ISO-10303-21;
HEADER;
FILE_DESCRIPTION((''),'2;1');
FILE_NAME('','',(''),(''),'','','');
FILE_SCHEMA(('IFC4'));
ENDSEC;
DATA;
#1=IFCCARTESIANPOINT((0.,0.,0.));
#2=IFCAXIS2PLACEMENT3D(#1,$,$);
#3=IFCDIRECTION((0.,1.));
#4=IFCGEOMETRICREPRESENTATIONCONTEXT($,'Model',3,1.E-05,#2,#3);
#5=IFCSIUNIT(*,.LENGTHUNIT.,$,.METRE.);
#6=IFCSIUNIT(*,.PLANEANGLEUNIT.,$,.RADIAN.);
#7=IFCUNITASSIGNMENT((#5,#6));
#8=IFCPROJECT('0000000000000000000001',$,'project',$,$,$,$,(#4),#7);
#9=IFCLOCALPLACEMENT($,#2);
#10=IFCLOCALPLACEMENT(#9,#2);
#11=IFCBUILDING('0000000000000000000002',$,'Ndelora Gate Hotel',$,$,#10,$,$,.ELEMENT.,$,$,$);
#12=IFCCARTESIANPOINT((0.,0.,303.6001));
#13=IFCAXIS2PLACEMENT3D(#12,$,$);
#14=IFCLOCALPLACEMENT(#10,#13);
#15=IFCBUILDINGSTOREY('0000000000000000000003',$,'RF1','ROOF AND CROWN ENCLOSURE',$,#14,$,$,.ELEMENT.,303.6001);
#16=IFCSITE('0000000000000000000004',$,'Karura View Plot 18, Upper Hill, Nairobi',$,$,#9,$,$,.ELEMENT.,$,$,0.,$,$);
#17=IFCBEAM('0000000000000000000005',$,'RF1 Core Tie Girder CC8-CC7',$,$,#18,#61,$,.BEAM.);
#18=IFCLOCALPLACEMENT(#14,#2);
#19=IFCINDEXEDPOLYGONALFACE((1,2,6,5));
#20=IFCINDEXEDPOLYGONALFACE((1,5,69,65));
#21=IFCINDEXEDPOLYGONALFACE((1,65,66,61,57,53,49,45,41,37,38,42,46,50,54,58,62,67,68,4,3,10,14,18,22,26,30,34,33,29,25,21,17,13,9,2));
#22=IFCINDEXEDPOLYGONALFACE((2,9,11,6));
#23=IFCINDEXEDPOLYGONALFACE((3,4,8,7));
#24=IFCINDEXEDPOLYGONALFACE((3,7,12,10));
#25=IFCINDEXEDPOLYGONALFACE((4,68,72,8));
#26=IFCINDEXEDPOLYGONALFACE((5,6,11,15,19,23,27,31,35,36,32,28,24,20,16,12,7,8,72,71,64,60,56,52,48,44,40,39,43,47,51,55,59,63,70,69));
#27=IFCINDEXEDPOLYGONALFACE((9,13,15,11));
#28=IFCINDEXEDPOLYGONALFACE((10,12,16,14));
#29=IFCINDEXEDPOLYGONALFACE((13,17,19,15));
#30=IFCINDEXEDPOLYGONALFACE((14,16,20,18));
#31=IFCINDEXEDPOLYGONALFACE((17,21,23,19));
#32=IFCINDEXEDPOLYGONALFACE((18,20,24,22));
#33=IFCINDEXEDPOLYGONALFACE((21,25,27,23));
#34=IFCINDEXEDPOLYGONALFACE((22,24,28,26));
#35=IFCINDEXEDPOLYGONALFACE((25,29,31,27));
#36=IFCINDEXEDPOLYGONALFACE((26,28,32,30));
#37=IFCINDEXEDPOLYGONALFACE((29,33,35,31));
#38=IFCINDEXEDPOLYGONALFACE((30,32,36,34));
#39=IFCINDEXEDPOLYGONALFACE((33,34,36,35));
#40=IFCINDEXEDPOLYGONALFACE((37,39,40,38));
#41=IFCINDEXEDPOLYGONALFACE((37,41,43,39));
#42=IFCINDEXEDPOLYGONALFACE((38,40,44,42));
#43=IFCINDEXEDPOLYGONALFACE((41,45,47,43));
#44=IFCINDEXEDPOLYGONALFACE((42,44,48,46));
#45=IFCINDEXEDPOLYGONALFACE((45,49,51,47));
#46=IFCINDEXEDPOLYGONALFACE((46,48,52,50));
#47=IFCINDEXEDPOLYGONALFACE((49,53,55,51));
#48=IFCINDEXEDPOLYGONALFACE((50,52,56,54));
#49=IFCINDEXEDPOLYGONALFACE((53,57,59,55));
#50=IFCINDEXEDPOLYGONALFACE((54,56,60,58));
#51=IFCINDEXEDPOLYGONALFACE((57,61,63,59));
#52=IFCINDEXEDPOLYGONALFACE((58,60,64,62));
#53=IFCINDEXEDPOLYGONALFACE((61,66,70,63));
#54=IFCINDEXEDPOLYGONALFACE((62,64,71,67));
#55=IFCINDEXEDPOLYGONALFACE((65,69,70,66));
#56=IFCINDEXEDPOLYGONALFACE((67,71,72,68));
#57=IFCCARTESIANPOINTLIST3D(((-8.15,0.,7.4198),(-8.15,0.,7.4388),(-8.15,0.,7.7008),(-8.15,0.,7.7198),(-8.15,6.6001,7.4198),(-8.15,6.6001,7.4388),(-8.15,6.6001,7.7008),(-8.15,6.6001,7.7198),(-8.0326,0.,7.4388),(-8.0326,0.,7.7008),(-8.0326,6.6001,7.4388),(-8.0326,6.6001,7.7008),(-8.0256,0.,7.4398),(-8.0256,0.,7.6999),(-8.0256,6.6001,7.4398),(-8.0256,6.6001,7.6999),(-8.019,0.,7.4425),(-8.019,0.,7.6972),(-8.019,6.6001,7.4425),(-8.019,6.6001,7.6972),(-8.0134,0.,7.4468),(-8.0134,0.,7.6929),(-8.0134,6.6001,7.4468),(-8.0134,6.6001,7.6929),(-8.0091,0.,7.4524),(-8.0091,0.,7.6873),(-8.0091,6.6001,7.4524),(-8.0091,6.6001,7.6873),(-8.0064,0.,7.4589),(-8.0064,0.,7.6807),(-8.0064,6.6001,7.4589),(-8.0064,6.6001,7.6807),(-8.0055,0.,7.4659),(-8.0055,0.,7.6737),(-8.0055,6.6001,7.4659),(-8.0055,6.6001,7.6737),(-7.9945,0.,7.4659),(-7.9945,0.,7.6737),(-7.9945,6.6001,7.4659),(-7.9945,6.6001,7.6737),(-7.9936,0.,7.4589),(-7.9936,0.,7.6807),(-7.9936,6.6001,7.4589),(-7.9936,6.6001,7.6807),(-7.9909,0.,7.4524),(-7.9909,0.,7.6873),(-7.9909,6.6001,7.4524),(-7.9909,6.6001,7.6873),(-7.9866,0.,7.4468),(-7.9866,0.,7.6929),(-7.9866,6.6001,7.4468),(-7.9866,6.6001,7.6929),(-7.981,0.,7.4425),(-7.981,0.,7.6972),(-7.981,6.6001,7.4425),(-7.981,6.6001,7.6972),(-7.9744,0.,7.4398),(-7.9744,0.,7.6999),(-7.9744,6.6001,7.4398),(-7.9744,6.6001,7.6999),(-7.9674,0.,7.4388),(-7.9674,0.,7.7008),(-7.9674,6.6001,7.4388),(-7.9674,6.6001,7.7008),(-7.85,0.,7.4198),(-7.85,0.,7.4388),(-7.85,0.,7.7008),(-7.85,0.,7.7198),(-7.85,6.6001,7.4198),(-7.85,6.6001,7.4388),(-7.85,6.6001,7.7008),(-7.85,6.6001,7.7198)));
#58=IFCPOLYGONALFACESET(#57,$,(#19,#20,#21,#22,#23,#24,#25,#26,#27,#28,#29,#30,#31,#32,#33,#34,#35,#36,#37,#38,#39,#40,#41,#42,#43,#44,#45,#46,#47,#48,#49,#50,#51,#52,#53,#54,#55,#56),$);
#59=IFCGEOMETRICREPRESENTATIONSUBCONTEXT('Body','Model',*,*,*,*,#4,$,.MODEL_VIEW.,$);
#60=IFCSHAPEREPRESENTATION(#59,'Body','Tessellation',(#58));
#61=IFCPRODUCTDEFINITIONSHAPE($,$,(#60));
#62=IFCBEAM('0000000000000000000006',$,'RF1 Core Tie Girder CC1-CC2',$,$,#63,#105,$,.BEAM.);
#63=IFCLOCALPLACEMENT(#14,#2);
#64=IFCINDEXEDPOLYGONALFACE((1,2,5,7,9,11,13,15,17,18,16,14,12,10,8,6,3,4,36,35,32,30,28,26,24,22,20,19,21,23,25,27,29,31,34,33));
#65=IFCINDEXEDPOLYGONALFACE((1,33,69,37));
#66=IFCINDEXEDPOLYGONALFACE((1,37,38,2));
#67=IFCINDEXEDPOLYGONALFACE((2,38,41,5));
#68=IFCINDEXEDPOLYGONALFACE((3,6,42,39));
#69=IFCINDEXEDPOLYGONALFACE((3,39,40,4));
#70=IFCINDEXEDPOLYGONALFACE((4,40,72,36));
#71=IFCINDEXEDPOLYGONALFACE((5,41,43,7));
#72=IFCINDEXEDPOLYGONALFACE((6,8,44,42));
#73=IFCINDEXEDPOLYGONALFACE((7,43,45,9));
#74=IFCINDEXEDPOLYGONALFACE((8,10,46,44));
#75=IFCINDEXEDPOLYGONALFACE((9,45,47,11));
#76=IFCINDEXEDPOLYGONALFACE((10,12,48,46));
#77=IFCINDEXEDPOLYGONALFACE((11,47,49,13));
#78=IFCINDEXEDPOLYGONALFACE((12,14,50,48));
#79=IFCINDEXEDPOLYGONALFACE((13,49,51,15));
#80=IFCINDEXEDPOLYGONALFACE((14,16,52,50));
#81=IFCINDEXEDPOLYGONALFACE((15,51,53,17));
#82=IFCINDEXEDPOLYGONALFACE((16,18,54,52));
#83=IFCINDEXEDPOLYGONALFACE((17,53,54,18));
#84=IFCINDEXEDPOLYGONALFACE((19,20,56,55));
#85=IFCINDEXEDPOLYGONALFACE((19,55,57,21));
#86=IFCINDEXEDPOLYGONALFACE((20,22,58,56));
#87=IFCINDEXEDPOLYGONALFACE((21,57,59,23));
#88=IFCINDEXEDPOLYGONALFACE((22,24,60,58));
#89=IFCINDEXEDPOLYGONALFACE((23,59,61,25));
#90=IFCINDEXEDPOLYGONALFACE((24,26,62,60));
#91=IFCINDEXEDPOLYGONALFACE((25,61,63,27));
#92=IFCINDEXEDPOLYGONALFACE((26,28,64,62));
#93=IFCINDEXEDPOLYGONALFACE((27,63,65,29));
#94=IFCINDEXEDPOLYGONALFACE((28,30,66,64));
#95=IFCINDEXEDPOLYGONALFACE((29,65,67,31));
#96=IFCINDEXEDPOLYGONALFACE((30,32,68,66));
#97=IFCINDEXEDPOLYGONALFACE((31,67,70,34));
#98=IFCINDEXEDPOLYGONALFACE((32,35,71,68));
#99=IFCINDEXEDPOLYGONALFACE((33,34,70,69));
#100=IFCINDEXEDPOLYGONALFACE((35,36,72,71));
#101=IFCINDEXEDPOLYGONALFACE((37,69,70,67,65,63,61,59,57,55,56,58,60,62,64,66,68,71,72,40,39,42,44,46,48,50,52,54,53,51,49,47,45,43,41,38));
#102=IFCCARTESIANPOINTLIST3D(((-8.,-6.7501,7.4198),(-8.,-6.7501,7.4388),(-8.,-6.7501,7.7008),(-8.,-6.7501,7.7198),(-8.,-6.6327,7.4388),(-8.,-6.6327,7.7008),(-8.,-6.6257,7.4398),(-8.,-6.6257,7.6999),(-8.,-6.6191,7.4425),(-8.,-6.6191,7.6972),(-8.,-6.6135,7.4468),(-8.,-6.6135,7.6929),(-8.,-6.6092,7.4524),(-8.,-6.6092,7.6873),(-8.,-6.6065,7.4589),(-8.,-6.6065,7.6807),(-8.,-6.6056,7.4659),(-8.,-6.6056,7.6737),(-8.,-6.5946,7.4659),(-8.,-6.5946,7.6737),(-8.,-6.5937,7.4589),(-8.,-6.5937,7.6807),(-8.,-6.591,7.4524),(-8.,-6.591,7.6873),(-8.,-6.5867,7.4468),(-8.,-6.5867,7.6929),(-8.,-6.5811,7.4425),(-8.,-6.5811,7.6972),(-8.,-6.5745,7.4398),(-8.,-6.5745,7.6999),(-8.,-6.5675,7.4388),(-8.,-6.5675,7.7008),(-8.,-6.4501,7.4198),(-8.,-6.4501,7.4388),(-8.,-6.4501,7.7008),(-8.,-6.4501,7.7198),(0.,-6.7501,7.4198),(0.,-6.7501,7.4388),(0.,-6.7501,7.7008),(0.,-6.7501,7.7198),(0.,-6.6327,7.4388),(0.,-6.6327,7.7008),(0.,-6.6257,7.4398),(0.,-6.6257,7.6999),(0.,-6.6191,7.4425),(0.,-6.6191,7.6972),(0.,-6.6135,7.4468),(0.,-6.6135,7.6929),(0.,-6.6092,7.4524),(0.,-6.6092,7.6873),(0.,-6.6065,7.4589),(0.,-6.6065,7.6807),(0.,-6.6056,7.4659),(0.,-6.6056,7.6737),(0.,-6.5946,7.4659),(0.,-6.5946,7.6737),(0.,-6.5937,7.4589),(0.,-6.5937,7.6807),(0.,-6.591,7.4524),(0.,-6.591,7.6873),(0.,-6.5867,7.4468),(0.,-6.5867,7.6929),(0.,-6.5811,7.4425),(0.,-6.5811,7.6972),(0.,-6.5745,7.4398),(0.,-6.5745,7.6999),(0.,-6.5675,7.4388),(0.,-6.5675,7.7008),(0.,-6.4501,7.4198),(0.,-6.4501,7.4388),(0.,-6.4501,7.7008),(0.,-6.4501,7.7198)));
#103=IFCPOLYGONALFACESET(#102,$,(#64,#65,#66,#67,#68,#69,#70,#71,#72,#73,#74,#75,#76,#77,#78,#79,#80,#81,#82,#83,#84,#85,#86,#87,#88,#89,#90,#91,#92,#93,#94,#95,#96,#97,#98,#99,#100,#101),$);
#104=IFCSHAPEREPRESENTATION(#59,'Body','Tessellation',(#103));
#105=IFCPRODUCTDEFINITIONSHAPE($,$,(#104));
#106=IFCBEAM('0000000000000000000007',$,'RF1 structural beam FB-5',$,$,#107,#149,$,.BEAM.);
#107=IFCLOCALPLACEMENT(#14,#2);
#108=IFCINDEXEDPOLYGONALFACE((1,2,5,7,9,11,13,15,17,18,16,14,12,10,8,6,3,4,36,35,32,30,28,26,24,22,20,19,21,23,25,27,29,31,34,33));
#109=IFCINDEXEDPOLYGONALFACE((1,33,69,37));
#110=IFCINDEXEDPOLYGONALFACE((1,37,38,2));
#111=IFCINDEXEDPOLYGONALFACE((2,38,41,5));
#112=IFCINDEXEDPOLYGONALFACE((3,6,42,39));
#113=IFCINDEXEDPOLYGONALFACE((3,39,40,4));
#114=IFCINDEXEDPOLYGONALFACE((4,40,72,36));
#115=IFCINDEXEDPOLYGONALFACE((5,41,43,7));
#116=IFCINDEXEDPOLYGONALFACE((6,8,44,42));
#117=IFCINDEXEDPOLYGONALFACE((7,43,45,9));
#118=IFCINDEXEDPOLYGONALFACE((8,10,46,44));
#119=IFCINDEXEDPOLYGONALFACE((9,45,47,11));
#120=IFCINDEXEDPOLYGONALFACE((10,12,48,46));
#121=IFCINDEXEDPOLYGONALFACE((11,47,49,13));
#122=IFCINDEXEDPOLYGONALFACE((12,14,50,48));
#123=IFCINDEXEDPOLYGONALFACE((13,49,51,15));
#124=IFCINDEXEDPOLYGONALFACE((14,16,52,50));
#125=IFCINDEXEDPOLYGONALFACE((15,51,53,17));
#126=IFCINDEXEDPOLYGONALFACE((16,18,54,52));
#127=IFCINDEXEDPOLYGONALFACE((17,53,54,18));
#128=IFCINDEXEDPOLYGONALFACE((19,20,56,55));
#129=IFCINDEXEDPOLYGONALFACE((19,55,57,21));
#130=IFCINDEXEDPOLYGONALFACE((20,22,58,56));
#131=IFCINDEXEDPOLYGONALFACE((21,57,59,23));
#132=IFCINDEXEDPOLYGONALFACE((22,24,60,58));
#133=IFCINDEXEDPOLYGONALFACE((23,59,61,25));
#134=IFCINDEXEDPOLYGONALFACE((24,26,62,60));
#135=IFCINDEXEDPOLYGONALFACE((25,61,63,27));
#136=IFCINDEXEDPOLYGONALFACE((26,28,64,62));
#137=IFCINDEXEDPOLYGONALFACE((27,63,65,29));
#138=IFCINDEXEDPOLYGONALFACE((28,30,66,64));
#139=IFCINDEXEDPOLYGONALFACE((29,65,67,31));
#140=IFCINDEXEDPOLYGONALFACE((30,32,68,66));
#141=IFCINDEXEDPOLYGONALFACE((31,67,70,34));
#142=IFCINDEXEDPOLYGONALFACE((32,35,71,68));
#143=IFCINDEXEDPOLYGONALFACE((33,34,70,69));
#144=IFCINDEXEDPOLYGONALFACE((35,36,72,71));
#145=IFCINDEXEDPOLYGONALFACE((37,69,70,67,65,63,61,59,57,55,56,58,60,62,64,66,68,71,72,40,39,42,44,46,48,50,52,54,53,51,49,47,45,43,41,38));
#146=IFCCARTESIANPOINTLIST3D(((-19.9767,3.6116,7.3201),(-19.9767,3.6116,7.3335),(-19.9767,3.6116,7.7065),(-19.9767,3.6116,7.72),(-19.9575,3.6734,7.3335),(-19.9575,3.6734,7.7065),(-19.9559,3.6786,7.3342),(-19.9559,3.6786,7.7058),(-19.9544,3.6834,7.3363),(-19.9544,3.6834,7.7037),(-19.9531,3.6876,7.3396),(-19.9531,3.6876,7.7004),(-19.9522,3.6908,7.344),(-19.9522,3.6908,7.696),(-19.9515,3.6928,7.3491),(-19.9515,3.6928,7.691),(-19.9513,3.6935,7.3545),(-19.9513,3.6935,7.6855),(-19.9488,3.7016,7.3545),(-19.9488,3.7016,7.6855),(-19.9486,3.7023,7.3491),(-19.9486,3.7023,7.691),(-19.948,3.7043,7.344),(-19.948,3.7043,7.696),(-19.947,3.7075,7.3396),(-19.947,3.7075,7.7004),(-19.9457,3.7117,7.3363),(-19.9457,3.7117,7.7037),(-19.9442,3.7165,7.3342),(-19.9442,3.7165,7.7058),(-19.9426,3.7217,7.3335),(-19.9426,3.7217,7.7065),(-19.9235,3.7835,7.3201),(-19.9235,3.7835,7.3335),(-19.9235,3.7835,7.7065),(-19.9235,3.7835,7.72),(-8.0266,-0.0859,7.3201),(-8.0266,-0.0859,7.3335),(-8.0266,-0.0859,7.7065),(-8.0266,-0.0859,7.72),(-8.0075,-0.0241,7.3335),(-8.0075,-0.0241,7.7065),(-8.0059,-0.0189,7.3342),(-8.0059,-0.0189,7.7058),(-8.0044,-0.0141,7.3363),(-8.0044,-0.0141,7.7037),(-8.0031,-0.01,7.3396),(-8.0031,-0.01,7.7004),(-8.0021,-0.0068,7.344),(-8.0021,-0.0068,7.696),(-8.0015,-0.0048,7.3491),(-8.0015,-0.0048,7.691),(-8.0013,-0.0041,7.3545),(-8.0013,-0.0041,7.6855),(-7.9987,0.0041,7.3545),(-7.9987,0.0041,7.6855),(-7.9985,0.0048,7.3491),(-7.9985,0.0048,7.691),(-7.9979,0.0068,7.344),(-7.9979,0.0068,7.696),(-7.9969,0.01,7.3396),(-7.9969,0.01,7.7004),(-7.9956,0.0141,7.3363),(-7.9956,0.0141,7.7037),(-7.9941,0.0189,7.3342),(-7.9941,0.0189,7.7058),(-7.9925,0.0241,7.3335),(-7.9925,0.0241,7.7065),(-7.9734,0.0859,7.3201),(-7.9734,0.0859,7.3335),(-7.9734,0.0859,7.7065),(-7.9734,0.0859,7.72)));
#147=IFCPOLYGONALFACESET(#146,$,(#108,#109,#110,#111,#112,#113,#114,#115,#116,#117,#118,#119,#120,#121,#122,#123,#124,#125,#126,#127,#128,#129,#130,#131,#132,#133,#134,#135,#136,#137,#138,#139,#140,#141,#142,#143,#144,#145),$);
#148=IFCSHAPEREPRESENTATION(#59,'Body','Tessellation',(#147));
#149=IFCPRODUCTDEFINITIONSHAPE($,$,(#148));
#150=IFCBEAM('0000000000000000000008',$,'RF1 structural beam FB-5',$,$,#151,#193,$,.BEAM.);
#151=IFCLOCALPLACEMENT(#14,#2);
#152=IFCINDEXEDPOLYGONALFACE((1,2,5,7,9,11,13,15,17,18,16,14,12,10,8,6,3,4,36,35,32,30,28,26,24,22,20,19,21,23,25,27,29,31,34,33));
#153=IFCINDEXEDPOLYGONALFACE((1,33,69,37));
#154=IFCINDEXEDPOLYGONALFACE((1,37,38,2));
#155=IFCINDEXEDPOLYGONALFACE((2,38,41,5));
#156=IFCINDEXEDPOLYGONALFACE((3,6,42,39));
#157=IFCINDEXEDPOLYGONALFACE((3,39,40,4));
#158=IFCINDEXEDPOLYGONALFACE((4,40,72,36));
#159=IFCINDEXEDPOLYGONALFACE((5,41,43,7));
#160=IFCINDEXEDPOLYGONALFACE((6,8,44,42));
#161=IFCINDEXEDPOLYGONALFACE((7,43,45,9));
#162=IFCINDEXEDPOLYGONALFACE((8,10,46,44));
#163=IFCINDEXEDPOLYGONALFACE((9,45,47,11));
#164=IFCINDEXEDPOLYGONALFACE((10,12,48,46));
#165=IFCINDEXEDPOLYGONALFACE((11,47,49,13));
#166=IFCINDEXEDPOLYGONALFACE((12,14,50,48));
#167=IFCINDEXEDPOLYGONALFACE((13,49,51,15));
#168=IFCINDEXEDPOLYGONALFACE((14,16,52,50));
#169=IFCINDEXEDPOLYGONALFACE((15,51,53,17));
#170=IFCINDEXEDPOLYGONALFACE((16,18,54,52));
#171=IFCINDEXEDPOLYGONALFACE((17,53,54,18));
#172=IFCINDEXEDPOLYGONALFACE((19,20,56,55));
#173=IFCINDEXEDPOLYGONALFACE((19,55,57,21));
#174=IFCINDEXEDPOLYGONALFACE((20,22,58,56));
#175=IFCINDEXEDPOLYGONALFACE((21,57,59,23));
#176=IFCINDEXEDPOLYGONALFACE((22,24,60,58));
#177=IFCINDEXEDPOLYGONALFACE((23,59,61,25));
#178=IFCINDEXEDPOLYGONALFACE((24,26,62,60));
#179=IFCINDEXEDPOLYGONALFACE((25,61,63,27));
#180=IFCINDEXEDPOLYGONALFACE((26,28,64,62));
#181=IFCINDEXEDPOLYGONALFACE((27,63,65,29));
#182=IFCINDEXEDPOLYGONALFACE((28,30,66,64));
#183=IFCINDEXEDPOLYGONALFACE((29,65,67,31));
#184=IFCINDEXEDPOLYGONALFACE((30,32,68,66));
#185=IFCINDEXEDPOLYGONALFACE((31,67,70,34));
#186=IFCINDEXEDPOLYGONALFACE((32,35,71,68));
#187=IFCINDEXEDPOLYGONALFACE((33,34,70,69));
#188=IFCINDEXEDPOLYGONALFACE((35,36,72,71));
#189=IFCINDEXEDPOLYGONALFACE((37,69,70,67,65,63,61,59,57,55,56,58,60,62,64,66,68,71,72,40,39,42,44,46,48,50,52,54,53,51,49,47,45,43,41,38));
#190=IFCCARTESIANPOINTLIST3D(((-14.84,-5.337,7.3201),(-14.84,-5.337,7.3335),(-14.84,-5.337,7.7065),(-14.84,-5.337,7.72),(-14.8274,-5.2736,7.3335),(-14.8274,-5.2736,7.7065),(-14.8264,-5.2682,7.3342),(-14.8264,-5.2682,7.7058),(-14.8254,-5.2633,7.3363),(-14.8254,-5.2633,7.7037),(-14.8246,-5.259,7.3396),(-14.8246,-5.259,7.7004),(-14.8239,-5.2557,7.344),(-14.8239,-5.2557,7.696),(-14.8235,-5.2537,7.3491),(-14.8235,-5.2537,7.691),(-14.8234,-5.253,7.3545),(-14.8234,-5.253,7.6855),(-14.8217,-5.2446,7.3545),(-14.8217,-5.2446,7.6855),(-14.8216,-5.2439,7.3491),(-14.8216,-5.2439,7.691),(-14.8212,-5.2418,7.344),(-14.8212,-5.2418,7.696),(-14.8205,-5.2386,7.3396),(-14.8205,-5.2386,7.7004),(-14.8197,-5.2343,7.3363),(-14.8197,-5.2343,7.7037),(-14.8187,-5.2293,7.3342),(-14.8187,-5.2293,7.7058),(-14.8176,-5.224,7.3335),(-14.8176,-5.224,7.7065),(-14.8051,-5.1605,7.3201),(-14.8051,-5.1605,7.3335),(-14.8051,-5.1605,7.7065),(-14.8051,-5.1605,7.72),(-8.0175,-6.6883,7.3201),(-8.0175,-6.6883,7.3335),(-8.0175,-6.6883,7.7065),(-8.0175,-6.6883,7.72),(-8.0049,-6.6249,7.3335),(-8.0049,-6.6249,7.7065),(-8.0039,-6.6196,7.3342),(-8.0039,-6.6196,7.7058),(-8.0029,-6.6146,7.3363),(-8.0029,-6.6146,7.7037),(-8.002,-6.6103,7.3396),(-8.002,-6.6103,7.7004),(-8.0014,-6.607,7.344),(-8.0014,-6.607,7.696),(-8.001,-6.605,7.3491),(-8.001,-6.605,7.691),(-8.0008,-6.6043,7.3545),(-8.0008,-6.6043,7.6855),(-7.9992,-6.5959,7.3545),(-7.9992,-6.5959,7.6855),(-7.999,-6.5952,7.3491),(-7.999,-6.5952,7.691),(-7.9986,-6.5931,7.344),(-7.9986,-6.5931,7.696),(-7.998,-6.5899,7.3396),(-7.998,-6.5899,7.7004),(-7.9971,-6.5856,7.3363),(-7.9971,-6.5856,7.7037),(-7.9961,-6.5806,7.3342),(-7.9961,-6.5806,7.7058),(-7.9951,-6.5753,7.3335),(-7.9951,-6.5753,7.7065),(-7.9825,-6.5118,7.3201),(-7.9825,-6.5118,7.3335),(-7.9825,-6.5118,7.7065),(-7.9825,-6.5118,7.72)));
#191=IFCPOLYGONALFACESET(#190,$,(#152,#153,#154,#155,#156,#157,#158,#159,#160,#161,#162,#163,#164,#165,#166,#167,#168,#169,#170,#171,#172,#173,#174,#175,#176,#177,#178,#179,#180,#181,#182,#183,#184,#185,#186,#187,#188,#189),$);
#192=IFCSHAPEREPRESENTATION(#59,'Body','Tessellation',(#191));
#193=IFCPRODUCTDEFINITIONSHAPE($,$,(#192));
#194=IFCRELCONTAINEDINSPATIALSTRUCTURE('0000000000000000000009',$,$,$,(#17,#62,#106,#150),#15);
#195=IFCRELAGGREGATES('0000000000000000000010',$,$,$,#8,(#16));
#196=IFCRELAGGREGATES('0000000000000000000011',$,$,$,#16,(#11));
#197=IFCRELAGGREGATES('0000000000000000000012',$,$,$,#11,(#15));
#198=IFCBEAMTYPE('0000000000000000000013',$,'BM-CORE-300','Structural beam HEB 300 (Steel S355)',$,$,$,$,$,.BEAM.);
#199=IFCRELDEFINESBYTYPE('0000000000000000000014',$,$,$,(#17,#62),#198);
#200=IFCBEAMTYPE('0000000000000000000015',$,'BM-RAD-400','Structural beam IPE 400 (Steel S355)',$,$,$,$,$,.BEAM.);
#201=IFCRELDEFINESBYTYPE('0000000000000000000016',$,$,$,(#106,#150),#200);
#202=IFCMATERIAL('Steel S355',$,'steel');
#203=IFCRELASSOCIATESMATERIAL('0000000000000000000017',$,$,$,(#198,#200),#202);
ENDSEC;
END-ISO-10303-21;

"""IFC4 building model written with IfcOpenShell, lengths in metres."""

from ifc_helpers import new_model, si_unit, direction, frame, origin, origin_2d, place, context, subcontext, project, spatial, i_section, extrude, material, material_profile, profile_set, type_object, element, save


model = new_model("IFC4")

# Units and contexts
model_context = context("Model", 3, precision=1e-05, world=origin(), true_north=direction((0.0, 1.0)))
body_context = subcontext(model_context, "Body", "Model", "MODEL_VIEW")
ifc_project = project(units=[si_unit("LENGTHUNIT", "METRE"), si_unit("PLANEANGLEUNIT", "RADIAN")], contexts=[model_context])

# Site, building, storey
site_placement = place(None, origin())
site = spatial("IfcSite", under=ifc_project, at=site_placement, Name="Karura View Plot 18, Upper Hill, Nairobi", CompositionType="ELEMENT", RefElevation=0.0)
building_placement = place(site_placement, origin())
building = spatial("IfcBuilding", under=site, at=building_placement, Name="Ndelora Gate Hotel", CompositionType="ELEMENT")
storey_placement = place(building_placement, frame((0.0, 0.0, 303.6001)))
storey = spatial("IfcBuildingStorey", under=building, at=storey_placement, Name="RF1", Description="ROOF AND CROWN ENCLOSURE", CompositionType="ELEMENT", Elevation=303.6001)

# Beams
ifc_material_1 = material(Name="Steel S355", Category="steel")
ifc_material_profile_1 = material_profile(ifc_material_1, i_section(OverallWidth=0.3, OverallDepth=0.3, WebThickness=0.011, FlangeThickness=0.019, FilletRadius=0.0271, at=origin_2d()), Name="HEB 300")
ifc_profile_set_1 = profile_set([ifc_material_profile_1], Name="Steel S355")
beam_type_1 = type_object("IfcBeamType", Name="BM-CORE-300", Description="Structural beam HEB 300 (Steel S355)", PredefinedType="BEAM", material=ifc_profile_set_1)
for number, where, z_axis, x_axis, name in (
    (1, (-8.0, 0.0, 7.5698), (0.0, 1.0, 0.0), (-1.0, 0.0, 0.0), "RF1 Core Tie Girder CC8-CC7"),
):
    element("IfcBeam", number, at=place(storey_placement, frame(where, z_axis=z_axis, x_axis=x_axis)), inside=storey, type_object=beam_type_1, Name=name, PredefinedType="BEAM", context=body_context, shape_type="SweptSolid", body=[
        extrude(i_section(OverallWidth=0.3, OverallDepth=0.3, WebThickness=0.011, FlangeThickness=0.019, FilletRadius=0.0271, at=origin_2d()), origin(), (0.0, 0.0, 1.0), 6.6001),
    ])
beam_1_placement = place(storey_placement, frame((-8.0, -6.6001, 7.5698), z_axis=(1.0, 0.0, 0.0), x_axis=(0.0, 1.0, 0.0)))
element("IfcBeam", 2, at=beam_1_placement, inside=storey, type_object=beam_type_1, Name="RF1 Core Tie Girder CC1-CC2", PredefinedType="BEAM", context=body_context, shape_type="SweptSolid", body=[
    extrude(i_section(OverallWidth=0.3, OverallDepth=0.3, WebThickness=0.011, FlangeThickness=0.019, FilletRadius=0.0271, at=origin_2d()), origin(), (0.0, 0.0, 1.0), 8.0),
])
ifc_material_profile_2 = material_profile(ifc_material_1, i_section(OverallWidth=0.1799, OverallDepth=0.3999, WebThickness=0.0085, FlangeThickness=0.0134, FilletRadius=0.021, at=origin_2d()), Name="IPE 400")
ifc_profile_set_2 = profile_set([ifc_material_profile_2], Name="Steel S355")
beam_type_2 = type_object("IfcBeamType", Name="BM-RAD-400", Description="Structural beam IPE 400 (Steel S355)", PredefinedType="BEAM", material=ifc_profile_set_2)
beam_2_placement = place(storey_placement, frame((-8.0, 0.0, 7.52), z_axis=(-0.955315, 0.29559, 0.0), x_axis=(-0.29559, -0.955315, 0.0)))
element("IfcBeam", 3, at=beam_2_placement, inside=storey, type_object=beam_type_2, Name="RF1 structural beam FB-5", PredefinedType="BEAM", context=body_context, shape_type="SweptSolid", body=[
    extrude(i_section(OverallWidth=0.1799, OverallDepth=0.3999, WebThickness=0.0085, FlangeThickness=0.0134, FilletRadius=0.021, at=origin_2d()), origin(), (0.0, 0.0, 1.0), 12.509),
])
beam_3_placement = place(storey_placement, frame((-8.0, -6.6001, 7.52), z_axis=(-0.980944, 0.194293, 0.0), x_axis=(-0.194293, -0.980944, 0.0)))
element("IfcBeam", 4, at=beam_3_placement, inside=storey, type_object=beam_type_2, Name="RF1 structural beam FB-5", PredefinedType="BEAM", context=body_context, shape_type="SweptSolid", body=[
    extrude(i_section(OverallWidth=0.1799, OverallDepth=0.3999, WebThickness=0.0085, FlangeThickness=0.0134, FilletRadius=0.021, at=origin_2d()), origin(), (0.0, 0.0, 1.0), 6.9551),
])

save(model, "model.ifc")
